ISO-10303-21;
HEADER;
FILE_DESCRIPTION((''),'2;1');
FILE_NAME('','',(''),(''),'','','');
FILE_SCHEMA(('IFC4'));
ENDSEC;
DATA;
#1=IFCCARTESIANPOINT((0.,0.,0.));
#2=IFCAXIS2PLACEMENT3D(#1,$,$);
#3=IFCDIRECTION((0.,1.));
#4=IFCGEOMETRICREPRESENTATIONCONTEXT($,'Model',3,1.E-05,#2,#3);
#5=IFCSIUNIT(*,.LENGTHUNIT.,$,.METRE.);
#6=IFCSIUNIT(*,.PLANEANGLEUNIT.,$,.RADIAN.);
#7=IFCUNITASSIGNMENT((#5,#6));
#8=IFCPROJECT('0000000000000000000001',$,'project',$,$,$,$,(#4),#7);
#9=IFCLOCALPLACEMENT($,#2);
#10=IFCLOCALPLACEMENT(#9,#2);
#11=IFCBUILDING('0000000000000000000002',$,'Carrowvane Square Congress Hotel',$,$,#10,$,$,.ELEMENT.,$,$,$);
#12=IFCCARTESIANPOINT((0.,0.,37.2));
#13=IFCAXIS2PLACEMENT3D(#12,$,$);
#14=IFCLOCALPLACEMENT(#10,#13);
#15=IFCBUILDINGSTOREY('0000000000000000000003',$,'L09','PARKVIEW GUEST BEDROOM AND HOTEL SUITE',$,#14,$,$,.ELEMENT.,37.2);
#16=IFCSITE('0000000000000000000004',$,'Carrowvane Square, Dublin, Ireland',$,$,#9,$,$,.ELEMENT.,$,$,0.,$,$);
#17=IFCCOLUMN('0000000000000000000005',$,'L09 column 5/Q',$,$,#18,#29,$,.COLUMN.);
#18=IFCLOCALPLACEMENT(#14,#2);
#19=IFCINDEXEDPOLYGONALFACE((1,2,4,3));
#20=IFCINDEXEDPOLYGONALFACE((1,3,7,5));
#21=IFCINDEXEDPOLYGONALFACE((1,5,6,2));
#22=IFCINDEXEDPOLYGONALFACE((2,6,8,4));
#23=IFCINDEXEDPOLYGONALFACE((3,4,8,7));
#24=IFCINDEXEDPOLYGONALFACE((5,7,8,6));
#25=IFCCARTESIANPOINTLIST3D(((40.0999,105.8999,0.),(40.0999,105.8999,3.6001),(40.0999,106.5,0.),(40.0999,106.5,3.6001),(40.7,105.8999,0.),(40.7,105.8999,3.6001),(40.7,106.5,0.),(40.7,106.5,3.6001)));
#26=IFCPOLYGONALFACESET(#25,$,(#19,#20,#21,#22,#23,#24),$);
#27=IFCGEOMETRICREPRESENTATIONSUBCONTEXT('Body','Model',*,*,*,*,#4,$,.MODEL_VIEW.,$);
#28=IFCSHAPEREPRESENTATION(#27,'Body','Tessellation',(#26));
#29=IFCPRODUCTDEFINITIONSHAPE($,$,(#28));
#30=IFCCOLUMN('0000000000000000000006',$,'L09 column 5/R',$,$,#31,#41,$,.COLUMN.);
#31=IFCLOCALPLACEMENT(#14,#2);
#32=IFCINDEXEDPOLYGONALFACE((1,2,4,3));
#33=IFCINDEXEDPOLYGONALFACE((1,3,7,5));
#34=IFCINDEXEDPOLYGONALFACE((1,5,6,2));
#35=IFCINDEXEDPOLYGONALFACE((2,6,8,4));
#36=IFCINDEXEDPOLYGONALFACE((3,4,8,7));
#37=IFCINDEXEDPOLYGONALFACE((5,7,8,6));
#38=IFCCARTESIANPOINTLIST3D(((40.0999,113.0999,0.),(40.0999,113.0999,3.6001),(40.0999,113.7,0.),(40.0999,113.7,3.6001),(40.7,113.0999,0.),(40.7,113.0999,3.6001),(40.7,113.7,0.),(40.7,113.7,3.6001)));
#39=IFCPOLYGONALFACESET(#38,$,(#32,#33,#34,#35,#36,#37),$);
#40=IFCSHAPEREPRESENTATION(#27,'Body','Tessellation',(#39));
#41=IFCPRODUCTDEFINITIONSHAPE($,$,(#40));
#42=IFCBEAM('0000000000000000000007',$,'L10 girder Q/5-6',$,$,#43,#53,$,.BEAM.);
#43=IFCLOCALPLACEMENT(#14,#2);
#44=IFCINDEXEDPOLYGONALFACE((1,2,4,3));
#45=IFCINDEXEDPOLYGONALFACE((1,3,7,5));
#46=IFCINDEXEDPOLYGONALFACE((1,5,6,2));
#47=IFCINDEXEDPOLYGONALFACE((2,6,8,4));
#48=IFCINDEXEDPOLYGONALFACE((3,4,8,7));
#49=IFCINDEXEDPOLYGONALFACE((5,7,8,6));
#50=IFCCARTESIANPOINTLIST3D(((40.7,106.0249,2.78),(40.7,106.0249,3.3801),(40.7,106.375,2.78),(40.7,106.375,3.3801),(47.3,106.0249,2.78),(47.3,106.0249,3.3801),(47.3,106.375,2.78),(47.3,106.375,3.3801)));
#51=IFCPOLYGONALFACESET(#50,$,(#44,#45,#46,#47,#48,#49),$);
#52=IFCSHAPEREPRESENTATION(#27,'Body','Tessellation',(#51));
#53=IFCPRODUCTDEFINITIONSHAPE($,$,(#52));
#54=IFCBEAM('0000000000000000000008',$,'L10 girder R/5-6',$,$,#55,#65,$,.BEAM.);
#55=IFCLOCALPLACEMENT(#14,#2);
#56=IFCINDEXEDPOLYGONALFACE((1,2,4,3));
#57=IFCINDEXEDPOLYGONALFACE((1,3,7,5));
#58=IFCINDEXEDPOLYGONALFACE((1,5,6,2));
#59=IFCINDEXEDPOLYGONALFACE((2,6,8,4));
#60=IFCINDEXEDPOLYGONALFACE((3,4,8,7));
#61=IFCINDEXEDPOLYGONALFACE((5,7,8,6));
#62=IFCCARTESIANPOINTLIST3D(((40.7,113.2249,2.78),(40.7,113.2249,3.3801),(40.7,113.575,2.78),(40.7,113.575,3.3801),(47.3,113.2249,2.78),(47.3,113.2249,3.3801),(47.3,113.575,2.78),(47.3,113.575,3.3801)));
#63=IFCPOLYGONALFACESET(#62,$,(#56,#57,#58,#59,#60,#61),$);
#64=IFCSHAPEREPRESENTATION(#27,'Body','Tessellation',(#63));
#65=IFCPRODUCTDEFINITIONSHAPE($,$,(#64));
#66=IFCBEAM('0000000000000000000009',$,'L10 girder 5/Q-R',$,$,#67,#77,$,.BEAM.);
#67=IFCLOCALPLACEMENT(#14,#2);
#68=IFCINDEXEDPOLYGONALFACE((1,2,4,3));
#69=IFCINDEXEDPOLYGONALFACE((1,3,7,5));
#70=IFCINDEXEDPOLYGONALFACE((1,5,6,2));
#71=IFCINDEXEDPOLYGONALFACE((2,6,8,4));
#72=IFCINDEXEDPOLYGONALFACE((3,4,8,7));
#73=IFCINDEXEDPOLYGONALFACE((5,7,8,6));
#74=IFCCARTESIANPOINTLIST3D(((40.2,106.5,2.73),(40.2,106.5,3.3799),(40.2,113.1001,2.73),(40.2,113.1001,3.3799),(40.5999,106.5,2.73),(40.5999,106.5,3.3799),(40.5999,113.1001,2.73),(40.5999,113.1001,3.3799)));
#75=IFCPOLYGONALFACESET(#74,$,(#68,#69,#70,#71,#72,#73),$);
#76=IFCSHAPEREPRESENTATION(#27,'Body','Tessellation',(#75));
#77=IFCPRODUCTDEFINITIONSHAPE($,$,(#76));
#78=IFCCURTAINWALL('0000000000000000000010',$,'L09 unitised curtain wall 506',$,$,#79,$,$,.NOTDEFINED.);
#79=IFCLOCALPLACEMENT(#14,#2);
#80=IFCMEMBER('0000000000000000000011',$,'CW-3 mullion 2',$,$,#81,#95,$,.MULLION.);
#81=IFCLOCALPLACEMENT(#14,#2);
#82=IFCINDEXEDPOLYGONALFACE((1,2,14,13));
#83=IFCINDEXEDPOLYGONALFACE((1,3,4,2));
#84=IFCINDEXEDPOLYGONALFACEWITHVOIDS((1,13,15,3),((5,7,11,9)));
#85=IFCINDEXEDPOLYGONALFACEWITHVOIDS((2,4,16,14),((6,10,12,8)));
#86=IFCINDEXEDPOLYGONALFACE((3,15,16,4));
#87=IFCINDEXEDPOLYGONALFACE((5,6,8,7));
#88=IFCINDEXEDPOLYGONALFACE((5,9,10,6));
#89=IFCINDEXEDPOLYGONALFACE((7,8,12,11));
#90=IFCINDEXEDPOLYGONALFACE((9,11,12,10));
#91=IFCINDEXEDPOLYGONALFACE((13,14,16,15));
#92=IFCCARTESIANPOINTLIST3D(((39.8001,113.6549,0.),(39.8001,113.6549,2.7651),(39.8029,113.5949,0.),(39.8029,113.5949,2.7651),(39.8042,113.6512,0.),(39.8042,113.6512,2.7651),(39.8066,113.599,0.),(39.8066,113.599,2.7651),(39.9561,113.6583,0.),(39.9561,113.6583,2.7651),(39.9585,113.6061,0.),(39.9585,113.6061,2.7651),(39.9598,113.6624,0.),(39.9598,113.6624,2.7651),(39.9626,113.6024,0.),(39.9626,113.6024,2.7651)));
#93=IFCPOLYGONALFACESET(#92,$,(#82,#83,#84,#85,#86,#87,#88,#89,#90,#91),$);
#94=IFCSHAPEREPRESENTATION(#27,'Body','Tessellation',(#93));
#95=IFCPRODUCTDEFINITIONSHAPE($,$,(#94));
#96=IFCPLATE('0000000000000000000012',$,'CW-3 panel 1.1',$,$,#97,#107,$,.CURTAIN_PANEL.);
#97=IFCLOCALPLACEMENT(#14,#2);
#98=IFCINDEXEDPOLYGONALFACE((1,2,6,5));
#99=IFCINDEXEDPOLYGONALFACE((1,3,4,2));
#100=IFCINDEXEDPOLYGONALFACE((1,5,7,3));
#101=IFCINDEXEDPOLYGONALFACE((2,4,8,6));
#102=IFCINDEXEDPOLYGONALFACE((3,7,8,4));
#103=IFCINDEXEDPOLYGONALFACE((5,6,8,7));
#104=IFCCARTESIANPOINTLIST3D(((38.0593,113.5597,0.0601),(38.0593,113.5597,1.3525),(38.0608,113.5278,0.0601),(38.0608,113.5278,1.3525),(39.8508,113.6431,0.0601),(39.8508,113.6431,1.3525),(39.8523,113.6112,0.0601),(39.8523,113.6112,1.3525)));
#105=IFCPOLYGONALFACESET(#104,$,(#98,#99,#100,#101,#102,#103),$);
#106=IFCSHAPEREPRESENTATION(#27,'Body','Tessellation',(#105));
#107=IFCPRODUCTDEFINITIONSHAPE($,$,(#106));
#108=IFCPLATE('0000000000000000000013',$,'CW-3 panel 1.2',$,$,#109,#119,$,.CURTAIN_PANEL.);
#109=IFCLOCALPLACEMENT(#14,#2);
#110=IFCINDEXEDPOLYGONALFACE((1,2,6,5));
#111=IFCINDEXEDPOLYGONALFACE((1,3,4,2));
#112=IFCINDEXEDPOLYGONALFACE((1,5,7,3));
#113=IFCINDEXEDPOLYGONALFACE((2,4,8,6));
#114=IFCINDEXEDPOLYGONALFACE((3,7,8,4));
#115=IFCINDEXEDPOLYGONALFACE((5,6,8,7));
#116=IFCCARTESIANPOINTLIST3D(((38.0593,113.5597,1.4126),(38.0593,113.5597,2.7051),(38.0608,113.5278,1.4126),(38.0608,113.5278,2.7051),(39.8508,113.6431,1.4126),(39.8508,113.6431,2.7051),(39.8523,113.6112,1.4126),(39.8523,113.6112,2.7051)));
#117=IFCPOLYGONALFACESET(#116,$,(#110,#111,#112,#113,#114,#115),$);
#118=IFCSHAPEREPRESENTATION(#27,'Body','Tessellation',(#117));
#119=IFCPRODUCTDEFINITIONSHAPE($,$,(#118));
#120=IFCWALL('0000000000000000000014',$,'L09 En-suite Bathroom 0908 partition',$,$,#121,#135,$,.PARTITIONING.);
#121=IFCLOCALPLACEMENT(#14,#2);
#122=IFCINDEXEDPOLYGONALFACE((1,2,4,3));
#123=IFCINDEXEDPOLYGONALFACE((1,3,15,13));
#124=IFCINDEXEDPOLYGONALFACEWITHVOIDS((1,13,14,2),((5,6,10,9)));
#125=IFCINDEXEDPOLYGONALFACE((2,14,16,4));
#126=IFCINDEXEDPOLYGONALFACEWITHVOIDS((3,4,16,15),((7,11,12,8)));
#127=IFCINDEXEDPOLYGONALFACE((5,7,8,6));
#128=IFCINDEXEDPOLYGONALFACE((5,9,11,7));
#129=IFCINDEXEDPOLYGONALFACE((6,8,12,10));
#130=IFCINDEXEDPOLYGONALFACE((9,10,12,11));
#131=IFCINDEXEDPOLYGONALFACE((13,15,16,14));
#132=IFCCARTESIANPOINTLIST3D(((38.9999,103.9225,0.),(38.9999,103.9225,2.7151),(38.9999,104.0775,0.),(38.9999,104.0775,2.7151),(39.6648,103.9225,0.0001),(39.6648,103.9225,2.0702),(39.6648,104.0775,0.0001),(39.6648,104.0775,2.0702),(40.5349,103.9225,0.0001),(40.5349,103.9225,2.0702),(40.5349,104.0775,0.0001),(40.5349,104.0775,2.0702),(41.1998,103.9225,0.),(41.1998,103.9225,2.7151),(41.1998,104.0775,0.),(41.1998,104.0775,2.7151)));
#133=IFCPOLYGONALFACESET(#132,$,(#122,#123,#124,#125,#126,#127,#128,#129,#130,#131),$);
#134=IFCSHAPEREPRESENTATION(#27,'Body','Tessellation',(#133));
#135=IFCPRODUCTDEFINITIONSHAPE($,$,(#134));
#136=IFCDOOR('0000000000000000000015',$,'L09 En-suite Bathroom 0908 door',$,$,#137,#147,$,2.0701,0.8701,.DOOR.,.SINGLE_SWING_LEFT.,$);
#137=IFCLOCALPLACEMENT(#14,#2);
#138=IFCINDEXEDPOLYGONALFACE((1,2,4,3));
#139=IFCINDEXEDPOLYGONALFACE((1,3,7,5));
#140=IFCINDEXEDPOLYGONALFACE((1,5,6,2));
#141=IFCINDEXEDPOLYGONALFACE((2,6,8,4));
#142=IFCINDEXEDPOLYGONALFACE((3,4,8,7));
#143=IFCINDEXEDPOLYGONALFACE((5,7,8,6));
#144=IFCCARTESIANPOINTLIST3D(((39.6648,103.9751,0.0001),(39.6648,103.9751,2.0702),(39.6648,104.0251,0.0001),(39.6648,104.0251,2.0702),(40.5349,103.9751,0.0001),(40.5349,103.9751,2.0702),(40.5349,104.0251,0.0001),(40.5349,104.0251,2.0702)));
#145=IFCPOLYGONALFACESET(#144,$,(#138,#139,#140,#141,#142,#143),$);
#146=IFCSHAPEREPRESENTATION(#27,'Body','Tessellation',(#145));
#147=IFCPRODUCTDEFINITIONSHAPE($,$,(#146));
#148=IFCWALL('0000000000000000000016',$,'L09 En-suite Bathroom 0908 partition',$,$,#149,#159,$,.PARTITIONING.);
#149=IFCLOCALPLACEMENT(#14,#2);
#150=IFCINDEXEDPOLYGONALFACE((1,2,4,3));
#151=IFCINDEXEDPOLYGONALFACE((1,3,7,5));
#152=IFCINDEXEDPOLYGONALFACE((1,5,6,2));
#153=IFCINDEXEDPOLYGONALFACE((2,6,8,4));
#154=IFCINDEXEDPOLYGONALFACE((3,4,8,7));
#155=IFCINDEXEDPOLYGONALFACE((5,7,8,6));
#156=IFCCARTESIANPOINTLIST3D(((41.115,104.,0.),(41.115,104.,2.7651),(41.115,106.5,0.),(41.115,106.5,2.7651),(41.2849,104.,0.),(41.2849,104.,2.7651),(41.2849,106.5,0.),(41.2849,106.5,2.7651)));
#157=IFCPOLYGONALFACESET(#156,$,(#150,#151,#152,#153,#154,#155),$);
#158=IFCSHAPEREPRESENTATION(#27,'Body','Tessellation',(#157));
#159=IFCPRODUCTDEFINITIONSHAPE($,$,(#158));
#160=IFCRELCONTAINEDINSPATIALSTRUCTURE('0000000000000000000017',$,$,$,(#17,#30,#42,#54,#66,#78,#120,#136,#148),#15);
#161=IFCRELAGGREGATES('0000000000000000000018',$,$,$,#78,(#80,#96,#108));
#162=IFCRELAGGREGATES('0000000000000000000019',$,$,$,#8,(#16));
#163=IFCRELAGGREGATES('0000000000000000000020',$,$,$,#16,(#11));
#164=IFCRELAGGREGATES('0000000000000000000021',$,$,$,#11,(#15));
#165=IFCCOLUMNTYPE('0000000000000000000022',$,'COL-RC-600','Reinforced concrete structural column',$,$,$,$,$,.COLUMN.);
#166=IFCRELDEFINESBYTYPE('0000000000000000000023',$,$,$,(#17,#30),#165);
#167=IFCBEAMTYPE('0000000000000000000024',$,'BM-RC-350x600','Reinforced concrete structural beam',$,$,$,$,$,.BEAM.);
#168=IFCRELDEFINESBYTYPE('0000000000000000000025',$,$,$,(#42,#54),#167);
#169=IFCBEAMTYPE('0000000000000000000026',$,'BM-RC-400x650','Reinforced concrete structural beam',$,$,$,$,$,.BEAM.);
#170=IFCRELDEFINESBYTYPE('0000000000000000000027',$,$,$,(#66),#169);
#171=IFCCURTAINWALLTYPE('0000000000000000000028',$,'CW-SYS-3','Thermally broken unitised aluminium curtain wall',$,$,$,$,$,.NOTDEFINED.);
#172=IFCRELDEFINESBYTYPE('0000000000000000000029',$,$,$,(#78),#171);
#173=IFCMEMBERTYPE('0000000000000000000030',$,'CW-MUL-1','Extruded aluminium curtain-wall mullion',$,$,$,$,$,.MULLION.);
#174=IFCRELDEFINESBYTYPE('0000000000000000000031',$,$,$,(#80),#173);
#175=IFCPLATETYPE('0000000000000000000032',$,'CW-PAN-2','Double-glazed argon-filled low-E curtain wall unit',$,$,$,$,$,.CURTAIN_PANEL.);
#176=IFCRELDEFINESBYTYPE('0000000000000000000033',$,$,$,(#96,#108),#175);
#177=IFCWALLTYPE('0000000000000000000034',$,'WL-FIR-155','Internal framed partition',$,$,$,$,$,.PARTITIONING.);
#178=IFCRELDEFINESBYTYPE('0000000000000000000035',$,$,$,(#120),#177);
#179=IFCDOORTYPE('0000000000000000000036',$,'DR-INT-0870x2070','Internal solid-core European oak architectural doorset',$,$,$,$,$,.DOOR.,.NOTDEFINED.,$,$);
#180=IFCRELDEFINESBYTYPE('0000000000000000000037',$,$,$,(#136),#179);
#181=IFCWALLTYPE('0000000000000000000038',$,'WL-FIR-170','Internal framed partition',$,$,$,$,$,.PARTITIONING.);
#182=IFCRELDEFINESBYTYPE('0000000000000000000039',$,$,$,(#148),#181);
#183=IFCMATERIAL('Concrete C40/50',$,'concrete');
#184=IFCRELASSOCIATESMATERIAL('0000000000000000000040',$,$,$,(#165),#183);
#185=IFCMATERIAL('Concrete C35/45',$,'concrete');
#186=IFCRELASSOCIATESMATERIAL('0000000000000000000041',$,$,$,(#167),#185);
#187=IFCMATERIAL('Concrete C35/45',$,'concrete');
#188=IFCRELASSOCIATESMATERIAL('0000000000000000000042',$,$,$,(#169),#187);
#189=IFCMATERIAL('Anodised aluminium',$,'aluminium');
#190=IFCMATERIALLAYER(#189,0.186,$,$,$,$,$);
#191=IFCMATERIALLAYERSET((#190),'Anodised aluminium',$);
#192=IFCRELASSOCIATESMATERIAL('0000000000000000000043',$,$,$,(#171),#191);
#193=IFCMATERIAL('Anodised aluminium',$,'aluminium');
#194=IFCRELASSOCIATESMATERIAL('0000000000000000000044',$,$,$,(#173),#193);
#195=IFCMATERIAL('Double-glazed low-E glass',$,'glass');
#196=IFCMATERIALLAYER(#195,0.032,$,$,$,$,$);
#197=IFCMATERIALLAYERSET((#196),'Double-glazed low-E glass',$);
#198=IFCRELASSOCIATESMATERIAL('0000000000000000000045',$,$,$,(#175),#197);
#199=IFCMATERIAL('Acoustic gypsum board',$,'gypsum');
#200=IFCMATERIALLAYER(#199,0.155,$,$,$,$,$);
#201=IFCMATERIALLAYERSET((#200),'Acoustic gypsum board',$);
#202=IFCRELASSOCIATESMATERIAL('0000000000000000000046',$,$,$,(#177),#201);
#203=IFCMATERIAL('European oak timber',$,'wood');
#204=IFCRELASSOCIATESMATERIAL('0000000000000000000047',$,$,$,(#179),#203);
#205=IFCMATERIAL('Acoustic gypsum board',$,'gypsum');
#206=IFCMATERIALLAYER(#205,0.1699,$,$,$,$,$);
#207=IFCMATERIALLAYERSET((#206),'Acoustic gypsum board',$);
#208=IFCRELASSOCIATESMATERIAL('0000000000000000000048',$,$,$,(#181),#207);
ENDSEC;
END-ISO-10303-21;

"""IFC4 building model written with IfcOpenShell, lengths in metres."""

from ifc_helpers import new_model, si_unit, direction, frame, frame_2d, origin, origin_2d, place, context, subcontext, project, spatial, rectangle, hollow_rectangle, extrude, material, layer, layer_set, material_profile, profile_set, type_object, element, fill, aggregate, save


model = new_model("IFC4")

# Units and contexts
model_context = context("Model", 3, precision=1e-05, world=origin(), true_north=direction((0.0, 1.0)))
body_context = subcontext(model_context, "Body", "Model", "MODEL_VIEW")
ifc_project = project(units=[si_unit("LENGTHUNIT", "METRE"), si_unit("PLANEANGLEUNIT", "RADIAN")], contexts=[model_context])

# Site, building, storey
site_placement = place(None, origin())
site = spatial("IfcSite", under=ifc_project, at=site_placement, Name="Carrowvane Square, Dublin, Ireland", CompositionType="ELEMENT", RefElevation=0.0)
building_placement = place(site_placement, origin())
building = spatial("IfcBuilding", under=site, at=building_placement, Name="Carrowvane Square Congress Hotel", CompositionType="ELEMENT")
storey_placement = place(building_placement, frame((0.0, 0.0, 37.2)))
storey = spatial("IfcBuildingStorey", under=building, at=storey_placement, Name="L09", Description="PARKVIEW GUEST BEDROOM AND HOTEL SUITE", CompositionType="ELEMENT", Elevation=37.2)

# Columns
ifc_material_1 = material(Name="Concrete C40/50", Category="concrete")
ifc_material_profile_1 = material_profile(ifc_material_1, rectangle(XDim=0.6001, YDim=0.6001, at=origin_2d()), Name="RC 600x600")
ifc_profile_set_1 = profile_set([ifc_material_profile_1], Name="Concrete C40/50")
column_type = type_object("IfcColumnType", Name="COL-RC-600", Description="Reinforced concrete structural column", PredefinedType="COLUMN", material=ifc_profile_set_1)
for number, where, z_axis, x_axis, name in (
    (1, (40.3999, 106.2, 0.0), (0.0, 0.0, 1.0), (1.0, 0.0, 0.0), "L09 column 5/Q"),
    (2, (40.3999, 113.3999, 0.0), (0.0, 0.0, 1.0), (1.0, 0.0, 0.0), "L09 column 5/R"),
):
    element("IfcColumn", number, at=place(storey_placement, frame(where, z_axis=z_axis, x_axis=x_axis)), inside=storey, type_object=column_type, Name=name, PredefinedType="COLUMN", context=body_context, shape_type="SweptSolid", body=[
        extrude(rectangle(XDim=0.6001, YDim=0.6001, at=origin_2d()), origin(), (0.0, 0.0, 1.0), 3.6001),
    ])

# Beams
ifc_material_2 = material(Name="Concrete C35/45", Category="concrete")
ifc_material_profile_2 = material_profile(ifc_material_2, rectangle(XDim=0.3501, YDim=0.6001, at=origin_2d()), Name="RC 350x600")
ifc_profile_set_2 = profile_set([ifc_material_profile_2], Name="Concrete C35/45")
beam_type_1 = type_object("IfcBeamType", Name="BM-RC-350x600", Description="Reinforced concrete structural beam", PredefinedType="BEAM", material=ifc_profile_set_2)
for number, where, z_axis, x_axis, name in (
    (3, (40.7, 106.2, 3.0801), (1.0, 0.0, 0.0), (0.0, 1.0, 0.0), "L10 girder Q/5-6"),
    (4, (40.7, 113.3999, 3.0801), (1.0, 0.0, 0.0), (0.0, 1.0, 0.0), "L10 girder R/5-6"),
):
    element("IfcBeam", number, at=place(storey_placement, frame(where, z_axis=z_axis, x_axis=x_axis)), inside=storey, type_object=beam_type_1, Name=name, PredefinedType="BEAM", context=body_context, shape_type="SweptSolid", body=[
        extrude(rectangle(XDim=0.3501, YDim=0.6001, at=origin_2d()), origin(), (0.0, 0.0, 1.0), 6.6001),
    ])
ifc_material_3 = material(Name="Concrete C35/45", Category="concrete")
ifc_material_profile_3 = material_profile(ifc_material_3, rectangle(XDim=0.3999, YDim=0.6499, at=origin_2d()), Name="RC 400x650")
ifc_profile_set_3 = profile_set([ifc_material_profile_3], Name="Concrete C35/45")
beam_type_2 = type_object("IfcBeamType", Name="BM-RC-400x650", Description="Reinforced concrete structural beam", PredefinedType="BEAM", material=ifc_profile_set_3)
beam_placement = place(storey_placement, frame((40.3999, 106.5, 3.0549), z_axis=(0.0, 1.0, 0.0), x_axis=(-1.0, 0.0, 0.0)))
element("IfcBeam", 5, at=beam_placement, inside=storey, type_object=beam_type_2, Name="L10 girder 5/Q-R", PredefinedType="BEAM", context=body_context, shape_type="SweptSolid", body=[
    extrude(rectangle(XDim=0.3999, YDim=0.6499, at=origin_2d()), origin(), (0.0, 0.0, 1.0), 6.6001),
])

# Curtain wall, member, plates
ifc_material_4 = material(Name="Anodised aluminium", Category="aluminium")
ifc_layer_1 = layer(ifc_material_4, 0.186)
ifc_layer_set_1 = layer_set([ifc_layer_1], Name="Anodised aluminium")
curtain_wall_type = type_object("IfcCurtainWallType", Name="CW-SYS-3", Description="Thermally broken unitised aluminium curtain wall", PredefinedType="NOTDEFINED", material=ifc_layer_set_1)
curtain_wall_placement = place(storey_placement, origin())
curtain_wall = element("IfcCurtainWall", 6, at=curtain_wall_placement, inside=storey, type_object=curtain_wall_type, Name="L09 unitised curtain wall 506", PredefinedType="NOTDEFINED")
ifc_material_5 = material(Name="Anodised aluminium", Category="aluminium")
ifc_material_profile_4 = material_profile(ifc_material_5, hollow_rectangle(XDim=0.0601, YDim=0.1599, WallThickness=0.0039, at=origin_2d()), Name="CW-ML 60x160x4")
ifc_profile_set_4 = profile_set([ifc_material_profile_4], Name="Anodised aluminium")
member_type = type_object("IfcMemberType", Name="CW-MUL-1", Description="Extruded aluminium curtain-wall mullion", PredefinedType="MULLION", material=ifc_profile_set_4)
member_placement = place(storey_placement, frame((39.8813, 113.6287, 0.0), z_axis=(0.0, 0.0, 1.0), x_axis=(-0.046522, 0.998917, 0.0)))
member = element("IfcMember", 7, at=member_placement, type_object=member_type, Name="CW-3 mullion 2", PredefinedType="MULLION", context=body_context, shape_type="SweptSolid", body=[
    extrude(hollow_rectangle(XDim=0.0601, YDim=0.1599, WallThickness=0.0039, at=origin_2d()), origin(), (0.0, 0.0, 1.0), 2.7651),
])
ifc_material_6 = material(Name="Double-glazed low-E glass", Category="glass")
ifc_layer_2 = layer(ifc_material_6, 0.032)
ifc_layer_set_2 = layer_set([ifc_layer_2], Name="Double-glazed low-E glass")
plate_type = type_object("IfcPlateType", Name="CW-PAN-2", Description="Double-glazed argon-filled low-E curtain wall unit", PredefinedType="CURTAIN_PANEL", material=ifc_layer_set_2)
plate_1_placement = place(storey_placement, frame((38.9558, 113.5854, 0.0601), z_axis=(0.0, 0.0, 1.0), x_axis=(0.998917, 0.046522, 0.0)))
plate_1 = element("IfcPlate", 8, at=plate_1_placement, type_object=plate_type, Name="CW-3 panel 1.1", PredefinedType="CURTAIN_PANEL", context=body_context, shape_type="SweptSolid", body=[
    extrude(rectangle(XDim=1.7935, YDim=0.032, at=origin_2d()), origin(), (0.0, 0.0, 1.0), 1.2925),
])
plate_2_placement = place(storey_placement, frame((38.9558, 113.5854, 1.4126), z_axis=(0.0, 0.0, 1.0), x_axis=(0.998917, 0.046522, 0.0)))
plate_2 = element("IfcPlate", 9, at=plate_2_placement, type_object=plate_type, Name="CW-3 panel 1.2", PredefinedType="CURTAIN_PANEL", context=body_context, shape_type="SweptSolid", body=[
    extrude(rectangle(XDim=1.7935, YDim=0.032, at=origin_2d()), origin(), (0.0, 0.0, 1.0), 1.2925),
])
aggregate(curtain_wall, [member, plate_1, plate_2])

# Wall, opening, door
ifc_material_7 = material(Name="Acoustic gypsum board", Category="gypsum")
ifc_layer_3 = layer(ifc_material_7, 0.155)
ifc_layer_set_3 = layer_set([ifc_layer_3], Name="Acoustic gypsum board")
wall_type_1 = type_object("IfcWallType", Name="WL-FIR-155", Description="Internal framed partition", PredefinedType="PARTITIONING", material=ifc_layer_set_3)
wall_1_placement = place(storey_placement, frame((41.2, 104.0, 0.0), z_axis=(0.0, 0.0, 1.0), x_axis=(-1.0, 0.0, 0.0)))
wall_1 = element("IfcWall", 10, at=wall_1_placement, inside=storey, type_object=wall_type_1, Name="L09 En-suite Bathroom 0908 partition", PredefinedType="PARTITIONING", context=body_context, shape_type="SweptSolid", body=[
    extrude(rectangle(XDim=2.2, YDim=0.155, at=frame_2d((1.1001, 0.0))), origin(), (0.0, 0.0, 1.0), 2.7151),
])
opening_1_placement = place(wall_1_placement, frame((0.665, 0.0, 0.0)))
opening_1 = element("IfcOpeningElement", 11, at=opening_1_placement, cuts=wall_1, PredefinedType="OPENING", context=body_context, shape_type="SweptSolid", body=[
    extrude(rectangle(XDim=0.8701, YDim=2.0701, at=frame_2d((0.4351, 1.0352))), frame((0.0, 0.0874, 0.0), z_axis=(0.0, -1.0, 0.0), x_axis=(1.0, 0.0, 0.0)), (0.0, 0.0, 1.0), 0.175),
])
ifc_material_8 = material(Name="European oak timber", Category="wood")
door_type_1 = type_object("IfcDoorType", Name="DR-INT-0870x2070", Description="Internal solid-core European oak architectural doorset", OperationType="NOTDEFINED", PredefinedType="DOOR", material=ifc_material_8)
door_1_placement = place(opening_1_placement, origin())
door_1 = element("IfcDoor", 12, at=door_1_placement, inside=storey, type_object=door_type_1, Name="L09 En-suite Bathroom 0908 door", OperationType="SINGLE_SWING_LEFT", OverallHeight=2.0701, OverallWidth=0.8701, PredefinedType="DOOR", context=body_context, shape_type="SweptSolid", body=[
    extrude(rectangle(XDim=0.8701, YDim=2.0701, at=frame_2d((0.4351, 1.0352))), frame((0.0, 0.0249, 0.0), z_axis=(0.0, -1.0, 0.0), x_axis=(1.0, 0.0, 0.0)), (0.0, 0.0, 1.0), 0.05),
])
fill(opening_1, door_1)

# Wall
ifc_material_9 = material(Name="Acoustic gypsum board", Category="gypsum")
ifc_layer_4 = layer(ifc_material_9, 0.1699)
ifc_layer_set_4 = layer_set([ifc_layer_4], Name="Acoustic gypsum board")
wall_type_2 = type_object("IfcWallType", Name="WL-FIR-170", Description="Internal framed partition", PredefinedType="PARTITIONING", material=ifc_layer_set_4)
wall_2_placement = place(storey_placement, frame((41.2, 106.5, 0.0), z_axis=(0.0, 0.0, 1.0), x_axis=(0.0, -1.0, 0.0)))
element("IfcWall", 13, at=wall_2_placement, inside=storey, type_object=wall_type_2, Name="L09 En-suite Bathroom 0908 partition", PredefinedType="PARTITIONING", context=body_context, shape_type="SweptSolid", body=[
    extrude(rectangle(XDim=2.5, YDim=0.1699, at=frame_2d((1.25, 0.0))), origin(), (0.0, 0.0, 1.0), 2.7651),
])

save(model, "model.ifc")
